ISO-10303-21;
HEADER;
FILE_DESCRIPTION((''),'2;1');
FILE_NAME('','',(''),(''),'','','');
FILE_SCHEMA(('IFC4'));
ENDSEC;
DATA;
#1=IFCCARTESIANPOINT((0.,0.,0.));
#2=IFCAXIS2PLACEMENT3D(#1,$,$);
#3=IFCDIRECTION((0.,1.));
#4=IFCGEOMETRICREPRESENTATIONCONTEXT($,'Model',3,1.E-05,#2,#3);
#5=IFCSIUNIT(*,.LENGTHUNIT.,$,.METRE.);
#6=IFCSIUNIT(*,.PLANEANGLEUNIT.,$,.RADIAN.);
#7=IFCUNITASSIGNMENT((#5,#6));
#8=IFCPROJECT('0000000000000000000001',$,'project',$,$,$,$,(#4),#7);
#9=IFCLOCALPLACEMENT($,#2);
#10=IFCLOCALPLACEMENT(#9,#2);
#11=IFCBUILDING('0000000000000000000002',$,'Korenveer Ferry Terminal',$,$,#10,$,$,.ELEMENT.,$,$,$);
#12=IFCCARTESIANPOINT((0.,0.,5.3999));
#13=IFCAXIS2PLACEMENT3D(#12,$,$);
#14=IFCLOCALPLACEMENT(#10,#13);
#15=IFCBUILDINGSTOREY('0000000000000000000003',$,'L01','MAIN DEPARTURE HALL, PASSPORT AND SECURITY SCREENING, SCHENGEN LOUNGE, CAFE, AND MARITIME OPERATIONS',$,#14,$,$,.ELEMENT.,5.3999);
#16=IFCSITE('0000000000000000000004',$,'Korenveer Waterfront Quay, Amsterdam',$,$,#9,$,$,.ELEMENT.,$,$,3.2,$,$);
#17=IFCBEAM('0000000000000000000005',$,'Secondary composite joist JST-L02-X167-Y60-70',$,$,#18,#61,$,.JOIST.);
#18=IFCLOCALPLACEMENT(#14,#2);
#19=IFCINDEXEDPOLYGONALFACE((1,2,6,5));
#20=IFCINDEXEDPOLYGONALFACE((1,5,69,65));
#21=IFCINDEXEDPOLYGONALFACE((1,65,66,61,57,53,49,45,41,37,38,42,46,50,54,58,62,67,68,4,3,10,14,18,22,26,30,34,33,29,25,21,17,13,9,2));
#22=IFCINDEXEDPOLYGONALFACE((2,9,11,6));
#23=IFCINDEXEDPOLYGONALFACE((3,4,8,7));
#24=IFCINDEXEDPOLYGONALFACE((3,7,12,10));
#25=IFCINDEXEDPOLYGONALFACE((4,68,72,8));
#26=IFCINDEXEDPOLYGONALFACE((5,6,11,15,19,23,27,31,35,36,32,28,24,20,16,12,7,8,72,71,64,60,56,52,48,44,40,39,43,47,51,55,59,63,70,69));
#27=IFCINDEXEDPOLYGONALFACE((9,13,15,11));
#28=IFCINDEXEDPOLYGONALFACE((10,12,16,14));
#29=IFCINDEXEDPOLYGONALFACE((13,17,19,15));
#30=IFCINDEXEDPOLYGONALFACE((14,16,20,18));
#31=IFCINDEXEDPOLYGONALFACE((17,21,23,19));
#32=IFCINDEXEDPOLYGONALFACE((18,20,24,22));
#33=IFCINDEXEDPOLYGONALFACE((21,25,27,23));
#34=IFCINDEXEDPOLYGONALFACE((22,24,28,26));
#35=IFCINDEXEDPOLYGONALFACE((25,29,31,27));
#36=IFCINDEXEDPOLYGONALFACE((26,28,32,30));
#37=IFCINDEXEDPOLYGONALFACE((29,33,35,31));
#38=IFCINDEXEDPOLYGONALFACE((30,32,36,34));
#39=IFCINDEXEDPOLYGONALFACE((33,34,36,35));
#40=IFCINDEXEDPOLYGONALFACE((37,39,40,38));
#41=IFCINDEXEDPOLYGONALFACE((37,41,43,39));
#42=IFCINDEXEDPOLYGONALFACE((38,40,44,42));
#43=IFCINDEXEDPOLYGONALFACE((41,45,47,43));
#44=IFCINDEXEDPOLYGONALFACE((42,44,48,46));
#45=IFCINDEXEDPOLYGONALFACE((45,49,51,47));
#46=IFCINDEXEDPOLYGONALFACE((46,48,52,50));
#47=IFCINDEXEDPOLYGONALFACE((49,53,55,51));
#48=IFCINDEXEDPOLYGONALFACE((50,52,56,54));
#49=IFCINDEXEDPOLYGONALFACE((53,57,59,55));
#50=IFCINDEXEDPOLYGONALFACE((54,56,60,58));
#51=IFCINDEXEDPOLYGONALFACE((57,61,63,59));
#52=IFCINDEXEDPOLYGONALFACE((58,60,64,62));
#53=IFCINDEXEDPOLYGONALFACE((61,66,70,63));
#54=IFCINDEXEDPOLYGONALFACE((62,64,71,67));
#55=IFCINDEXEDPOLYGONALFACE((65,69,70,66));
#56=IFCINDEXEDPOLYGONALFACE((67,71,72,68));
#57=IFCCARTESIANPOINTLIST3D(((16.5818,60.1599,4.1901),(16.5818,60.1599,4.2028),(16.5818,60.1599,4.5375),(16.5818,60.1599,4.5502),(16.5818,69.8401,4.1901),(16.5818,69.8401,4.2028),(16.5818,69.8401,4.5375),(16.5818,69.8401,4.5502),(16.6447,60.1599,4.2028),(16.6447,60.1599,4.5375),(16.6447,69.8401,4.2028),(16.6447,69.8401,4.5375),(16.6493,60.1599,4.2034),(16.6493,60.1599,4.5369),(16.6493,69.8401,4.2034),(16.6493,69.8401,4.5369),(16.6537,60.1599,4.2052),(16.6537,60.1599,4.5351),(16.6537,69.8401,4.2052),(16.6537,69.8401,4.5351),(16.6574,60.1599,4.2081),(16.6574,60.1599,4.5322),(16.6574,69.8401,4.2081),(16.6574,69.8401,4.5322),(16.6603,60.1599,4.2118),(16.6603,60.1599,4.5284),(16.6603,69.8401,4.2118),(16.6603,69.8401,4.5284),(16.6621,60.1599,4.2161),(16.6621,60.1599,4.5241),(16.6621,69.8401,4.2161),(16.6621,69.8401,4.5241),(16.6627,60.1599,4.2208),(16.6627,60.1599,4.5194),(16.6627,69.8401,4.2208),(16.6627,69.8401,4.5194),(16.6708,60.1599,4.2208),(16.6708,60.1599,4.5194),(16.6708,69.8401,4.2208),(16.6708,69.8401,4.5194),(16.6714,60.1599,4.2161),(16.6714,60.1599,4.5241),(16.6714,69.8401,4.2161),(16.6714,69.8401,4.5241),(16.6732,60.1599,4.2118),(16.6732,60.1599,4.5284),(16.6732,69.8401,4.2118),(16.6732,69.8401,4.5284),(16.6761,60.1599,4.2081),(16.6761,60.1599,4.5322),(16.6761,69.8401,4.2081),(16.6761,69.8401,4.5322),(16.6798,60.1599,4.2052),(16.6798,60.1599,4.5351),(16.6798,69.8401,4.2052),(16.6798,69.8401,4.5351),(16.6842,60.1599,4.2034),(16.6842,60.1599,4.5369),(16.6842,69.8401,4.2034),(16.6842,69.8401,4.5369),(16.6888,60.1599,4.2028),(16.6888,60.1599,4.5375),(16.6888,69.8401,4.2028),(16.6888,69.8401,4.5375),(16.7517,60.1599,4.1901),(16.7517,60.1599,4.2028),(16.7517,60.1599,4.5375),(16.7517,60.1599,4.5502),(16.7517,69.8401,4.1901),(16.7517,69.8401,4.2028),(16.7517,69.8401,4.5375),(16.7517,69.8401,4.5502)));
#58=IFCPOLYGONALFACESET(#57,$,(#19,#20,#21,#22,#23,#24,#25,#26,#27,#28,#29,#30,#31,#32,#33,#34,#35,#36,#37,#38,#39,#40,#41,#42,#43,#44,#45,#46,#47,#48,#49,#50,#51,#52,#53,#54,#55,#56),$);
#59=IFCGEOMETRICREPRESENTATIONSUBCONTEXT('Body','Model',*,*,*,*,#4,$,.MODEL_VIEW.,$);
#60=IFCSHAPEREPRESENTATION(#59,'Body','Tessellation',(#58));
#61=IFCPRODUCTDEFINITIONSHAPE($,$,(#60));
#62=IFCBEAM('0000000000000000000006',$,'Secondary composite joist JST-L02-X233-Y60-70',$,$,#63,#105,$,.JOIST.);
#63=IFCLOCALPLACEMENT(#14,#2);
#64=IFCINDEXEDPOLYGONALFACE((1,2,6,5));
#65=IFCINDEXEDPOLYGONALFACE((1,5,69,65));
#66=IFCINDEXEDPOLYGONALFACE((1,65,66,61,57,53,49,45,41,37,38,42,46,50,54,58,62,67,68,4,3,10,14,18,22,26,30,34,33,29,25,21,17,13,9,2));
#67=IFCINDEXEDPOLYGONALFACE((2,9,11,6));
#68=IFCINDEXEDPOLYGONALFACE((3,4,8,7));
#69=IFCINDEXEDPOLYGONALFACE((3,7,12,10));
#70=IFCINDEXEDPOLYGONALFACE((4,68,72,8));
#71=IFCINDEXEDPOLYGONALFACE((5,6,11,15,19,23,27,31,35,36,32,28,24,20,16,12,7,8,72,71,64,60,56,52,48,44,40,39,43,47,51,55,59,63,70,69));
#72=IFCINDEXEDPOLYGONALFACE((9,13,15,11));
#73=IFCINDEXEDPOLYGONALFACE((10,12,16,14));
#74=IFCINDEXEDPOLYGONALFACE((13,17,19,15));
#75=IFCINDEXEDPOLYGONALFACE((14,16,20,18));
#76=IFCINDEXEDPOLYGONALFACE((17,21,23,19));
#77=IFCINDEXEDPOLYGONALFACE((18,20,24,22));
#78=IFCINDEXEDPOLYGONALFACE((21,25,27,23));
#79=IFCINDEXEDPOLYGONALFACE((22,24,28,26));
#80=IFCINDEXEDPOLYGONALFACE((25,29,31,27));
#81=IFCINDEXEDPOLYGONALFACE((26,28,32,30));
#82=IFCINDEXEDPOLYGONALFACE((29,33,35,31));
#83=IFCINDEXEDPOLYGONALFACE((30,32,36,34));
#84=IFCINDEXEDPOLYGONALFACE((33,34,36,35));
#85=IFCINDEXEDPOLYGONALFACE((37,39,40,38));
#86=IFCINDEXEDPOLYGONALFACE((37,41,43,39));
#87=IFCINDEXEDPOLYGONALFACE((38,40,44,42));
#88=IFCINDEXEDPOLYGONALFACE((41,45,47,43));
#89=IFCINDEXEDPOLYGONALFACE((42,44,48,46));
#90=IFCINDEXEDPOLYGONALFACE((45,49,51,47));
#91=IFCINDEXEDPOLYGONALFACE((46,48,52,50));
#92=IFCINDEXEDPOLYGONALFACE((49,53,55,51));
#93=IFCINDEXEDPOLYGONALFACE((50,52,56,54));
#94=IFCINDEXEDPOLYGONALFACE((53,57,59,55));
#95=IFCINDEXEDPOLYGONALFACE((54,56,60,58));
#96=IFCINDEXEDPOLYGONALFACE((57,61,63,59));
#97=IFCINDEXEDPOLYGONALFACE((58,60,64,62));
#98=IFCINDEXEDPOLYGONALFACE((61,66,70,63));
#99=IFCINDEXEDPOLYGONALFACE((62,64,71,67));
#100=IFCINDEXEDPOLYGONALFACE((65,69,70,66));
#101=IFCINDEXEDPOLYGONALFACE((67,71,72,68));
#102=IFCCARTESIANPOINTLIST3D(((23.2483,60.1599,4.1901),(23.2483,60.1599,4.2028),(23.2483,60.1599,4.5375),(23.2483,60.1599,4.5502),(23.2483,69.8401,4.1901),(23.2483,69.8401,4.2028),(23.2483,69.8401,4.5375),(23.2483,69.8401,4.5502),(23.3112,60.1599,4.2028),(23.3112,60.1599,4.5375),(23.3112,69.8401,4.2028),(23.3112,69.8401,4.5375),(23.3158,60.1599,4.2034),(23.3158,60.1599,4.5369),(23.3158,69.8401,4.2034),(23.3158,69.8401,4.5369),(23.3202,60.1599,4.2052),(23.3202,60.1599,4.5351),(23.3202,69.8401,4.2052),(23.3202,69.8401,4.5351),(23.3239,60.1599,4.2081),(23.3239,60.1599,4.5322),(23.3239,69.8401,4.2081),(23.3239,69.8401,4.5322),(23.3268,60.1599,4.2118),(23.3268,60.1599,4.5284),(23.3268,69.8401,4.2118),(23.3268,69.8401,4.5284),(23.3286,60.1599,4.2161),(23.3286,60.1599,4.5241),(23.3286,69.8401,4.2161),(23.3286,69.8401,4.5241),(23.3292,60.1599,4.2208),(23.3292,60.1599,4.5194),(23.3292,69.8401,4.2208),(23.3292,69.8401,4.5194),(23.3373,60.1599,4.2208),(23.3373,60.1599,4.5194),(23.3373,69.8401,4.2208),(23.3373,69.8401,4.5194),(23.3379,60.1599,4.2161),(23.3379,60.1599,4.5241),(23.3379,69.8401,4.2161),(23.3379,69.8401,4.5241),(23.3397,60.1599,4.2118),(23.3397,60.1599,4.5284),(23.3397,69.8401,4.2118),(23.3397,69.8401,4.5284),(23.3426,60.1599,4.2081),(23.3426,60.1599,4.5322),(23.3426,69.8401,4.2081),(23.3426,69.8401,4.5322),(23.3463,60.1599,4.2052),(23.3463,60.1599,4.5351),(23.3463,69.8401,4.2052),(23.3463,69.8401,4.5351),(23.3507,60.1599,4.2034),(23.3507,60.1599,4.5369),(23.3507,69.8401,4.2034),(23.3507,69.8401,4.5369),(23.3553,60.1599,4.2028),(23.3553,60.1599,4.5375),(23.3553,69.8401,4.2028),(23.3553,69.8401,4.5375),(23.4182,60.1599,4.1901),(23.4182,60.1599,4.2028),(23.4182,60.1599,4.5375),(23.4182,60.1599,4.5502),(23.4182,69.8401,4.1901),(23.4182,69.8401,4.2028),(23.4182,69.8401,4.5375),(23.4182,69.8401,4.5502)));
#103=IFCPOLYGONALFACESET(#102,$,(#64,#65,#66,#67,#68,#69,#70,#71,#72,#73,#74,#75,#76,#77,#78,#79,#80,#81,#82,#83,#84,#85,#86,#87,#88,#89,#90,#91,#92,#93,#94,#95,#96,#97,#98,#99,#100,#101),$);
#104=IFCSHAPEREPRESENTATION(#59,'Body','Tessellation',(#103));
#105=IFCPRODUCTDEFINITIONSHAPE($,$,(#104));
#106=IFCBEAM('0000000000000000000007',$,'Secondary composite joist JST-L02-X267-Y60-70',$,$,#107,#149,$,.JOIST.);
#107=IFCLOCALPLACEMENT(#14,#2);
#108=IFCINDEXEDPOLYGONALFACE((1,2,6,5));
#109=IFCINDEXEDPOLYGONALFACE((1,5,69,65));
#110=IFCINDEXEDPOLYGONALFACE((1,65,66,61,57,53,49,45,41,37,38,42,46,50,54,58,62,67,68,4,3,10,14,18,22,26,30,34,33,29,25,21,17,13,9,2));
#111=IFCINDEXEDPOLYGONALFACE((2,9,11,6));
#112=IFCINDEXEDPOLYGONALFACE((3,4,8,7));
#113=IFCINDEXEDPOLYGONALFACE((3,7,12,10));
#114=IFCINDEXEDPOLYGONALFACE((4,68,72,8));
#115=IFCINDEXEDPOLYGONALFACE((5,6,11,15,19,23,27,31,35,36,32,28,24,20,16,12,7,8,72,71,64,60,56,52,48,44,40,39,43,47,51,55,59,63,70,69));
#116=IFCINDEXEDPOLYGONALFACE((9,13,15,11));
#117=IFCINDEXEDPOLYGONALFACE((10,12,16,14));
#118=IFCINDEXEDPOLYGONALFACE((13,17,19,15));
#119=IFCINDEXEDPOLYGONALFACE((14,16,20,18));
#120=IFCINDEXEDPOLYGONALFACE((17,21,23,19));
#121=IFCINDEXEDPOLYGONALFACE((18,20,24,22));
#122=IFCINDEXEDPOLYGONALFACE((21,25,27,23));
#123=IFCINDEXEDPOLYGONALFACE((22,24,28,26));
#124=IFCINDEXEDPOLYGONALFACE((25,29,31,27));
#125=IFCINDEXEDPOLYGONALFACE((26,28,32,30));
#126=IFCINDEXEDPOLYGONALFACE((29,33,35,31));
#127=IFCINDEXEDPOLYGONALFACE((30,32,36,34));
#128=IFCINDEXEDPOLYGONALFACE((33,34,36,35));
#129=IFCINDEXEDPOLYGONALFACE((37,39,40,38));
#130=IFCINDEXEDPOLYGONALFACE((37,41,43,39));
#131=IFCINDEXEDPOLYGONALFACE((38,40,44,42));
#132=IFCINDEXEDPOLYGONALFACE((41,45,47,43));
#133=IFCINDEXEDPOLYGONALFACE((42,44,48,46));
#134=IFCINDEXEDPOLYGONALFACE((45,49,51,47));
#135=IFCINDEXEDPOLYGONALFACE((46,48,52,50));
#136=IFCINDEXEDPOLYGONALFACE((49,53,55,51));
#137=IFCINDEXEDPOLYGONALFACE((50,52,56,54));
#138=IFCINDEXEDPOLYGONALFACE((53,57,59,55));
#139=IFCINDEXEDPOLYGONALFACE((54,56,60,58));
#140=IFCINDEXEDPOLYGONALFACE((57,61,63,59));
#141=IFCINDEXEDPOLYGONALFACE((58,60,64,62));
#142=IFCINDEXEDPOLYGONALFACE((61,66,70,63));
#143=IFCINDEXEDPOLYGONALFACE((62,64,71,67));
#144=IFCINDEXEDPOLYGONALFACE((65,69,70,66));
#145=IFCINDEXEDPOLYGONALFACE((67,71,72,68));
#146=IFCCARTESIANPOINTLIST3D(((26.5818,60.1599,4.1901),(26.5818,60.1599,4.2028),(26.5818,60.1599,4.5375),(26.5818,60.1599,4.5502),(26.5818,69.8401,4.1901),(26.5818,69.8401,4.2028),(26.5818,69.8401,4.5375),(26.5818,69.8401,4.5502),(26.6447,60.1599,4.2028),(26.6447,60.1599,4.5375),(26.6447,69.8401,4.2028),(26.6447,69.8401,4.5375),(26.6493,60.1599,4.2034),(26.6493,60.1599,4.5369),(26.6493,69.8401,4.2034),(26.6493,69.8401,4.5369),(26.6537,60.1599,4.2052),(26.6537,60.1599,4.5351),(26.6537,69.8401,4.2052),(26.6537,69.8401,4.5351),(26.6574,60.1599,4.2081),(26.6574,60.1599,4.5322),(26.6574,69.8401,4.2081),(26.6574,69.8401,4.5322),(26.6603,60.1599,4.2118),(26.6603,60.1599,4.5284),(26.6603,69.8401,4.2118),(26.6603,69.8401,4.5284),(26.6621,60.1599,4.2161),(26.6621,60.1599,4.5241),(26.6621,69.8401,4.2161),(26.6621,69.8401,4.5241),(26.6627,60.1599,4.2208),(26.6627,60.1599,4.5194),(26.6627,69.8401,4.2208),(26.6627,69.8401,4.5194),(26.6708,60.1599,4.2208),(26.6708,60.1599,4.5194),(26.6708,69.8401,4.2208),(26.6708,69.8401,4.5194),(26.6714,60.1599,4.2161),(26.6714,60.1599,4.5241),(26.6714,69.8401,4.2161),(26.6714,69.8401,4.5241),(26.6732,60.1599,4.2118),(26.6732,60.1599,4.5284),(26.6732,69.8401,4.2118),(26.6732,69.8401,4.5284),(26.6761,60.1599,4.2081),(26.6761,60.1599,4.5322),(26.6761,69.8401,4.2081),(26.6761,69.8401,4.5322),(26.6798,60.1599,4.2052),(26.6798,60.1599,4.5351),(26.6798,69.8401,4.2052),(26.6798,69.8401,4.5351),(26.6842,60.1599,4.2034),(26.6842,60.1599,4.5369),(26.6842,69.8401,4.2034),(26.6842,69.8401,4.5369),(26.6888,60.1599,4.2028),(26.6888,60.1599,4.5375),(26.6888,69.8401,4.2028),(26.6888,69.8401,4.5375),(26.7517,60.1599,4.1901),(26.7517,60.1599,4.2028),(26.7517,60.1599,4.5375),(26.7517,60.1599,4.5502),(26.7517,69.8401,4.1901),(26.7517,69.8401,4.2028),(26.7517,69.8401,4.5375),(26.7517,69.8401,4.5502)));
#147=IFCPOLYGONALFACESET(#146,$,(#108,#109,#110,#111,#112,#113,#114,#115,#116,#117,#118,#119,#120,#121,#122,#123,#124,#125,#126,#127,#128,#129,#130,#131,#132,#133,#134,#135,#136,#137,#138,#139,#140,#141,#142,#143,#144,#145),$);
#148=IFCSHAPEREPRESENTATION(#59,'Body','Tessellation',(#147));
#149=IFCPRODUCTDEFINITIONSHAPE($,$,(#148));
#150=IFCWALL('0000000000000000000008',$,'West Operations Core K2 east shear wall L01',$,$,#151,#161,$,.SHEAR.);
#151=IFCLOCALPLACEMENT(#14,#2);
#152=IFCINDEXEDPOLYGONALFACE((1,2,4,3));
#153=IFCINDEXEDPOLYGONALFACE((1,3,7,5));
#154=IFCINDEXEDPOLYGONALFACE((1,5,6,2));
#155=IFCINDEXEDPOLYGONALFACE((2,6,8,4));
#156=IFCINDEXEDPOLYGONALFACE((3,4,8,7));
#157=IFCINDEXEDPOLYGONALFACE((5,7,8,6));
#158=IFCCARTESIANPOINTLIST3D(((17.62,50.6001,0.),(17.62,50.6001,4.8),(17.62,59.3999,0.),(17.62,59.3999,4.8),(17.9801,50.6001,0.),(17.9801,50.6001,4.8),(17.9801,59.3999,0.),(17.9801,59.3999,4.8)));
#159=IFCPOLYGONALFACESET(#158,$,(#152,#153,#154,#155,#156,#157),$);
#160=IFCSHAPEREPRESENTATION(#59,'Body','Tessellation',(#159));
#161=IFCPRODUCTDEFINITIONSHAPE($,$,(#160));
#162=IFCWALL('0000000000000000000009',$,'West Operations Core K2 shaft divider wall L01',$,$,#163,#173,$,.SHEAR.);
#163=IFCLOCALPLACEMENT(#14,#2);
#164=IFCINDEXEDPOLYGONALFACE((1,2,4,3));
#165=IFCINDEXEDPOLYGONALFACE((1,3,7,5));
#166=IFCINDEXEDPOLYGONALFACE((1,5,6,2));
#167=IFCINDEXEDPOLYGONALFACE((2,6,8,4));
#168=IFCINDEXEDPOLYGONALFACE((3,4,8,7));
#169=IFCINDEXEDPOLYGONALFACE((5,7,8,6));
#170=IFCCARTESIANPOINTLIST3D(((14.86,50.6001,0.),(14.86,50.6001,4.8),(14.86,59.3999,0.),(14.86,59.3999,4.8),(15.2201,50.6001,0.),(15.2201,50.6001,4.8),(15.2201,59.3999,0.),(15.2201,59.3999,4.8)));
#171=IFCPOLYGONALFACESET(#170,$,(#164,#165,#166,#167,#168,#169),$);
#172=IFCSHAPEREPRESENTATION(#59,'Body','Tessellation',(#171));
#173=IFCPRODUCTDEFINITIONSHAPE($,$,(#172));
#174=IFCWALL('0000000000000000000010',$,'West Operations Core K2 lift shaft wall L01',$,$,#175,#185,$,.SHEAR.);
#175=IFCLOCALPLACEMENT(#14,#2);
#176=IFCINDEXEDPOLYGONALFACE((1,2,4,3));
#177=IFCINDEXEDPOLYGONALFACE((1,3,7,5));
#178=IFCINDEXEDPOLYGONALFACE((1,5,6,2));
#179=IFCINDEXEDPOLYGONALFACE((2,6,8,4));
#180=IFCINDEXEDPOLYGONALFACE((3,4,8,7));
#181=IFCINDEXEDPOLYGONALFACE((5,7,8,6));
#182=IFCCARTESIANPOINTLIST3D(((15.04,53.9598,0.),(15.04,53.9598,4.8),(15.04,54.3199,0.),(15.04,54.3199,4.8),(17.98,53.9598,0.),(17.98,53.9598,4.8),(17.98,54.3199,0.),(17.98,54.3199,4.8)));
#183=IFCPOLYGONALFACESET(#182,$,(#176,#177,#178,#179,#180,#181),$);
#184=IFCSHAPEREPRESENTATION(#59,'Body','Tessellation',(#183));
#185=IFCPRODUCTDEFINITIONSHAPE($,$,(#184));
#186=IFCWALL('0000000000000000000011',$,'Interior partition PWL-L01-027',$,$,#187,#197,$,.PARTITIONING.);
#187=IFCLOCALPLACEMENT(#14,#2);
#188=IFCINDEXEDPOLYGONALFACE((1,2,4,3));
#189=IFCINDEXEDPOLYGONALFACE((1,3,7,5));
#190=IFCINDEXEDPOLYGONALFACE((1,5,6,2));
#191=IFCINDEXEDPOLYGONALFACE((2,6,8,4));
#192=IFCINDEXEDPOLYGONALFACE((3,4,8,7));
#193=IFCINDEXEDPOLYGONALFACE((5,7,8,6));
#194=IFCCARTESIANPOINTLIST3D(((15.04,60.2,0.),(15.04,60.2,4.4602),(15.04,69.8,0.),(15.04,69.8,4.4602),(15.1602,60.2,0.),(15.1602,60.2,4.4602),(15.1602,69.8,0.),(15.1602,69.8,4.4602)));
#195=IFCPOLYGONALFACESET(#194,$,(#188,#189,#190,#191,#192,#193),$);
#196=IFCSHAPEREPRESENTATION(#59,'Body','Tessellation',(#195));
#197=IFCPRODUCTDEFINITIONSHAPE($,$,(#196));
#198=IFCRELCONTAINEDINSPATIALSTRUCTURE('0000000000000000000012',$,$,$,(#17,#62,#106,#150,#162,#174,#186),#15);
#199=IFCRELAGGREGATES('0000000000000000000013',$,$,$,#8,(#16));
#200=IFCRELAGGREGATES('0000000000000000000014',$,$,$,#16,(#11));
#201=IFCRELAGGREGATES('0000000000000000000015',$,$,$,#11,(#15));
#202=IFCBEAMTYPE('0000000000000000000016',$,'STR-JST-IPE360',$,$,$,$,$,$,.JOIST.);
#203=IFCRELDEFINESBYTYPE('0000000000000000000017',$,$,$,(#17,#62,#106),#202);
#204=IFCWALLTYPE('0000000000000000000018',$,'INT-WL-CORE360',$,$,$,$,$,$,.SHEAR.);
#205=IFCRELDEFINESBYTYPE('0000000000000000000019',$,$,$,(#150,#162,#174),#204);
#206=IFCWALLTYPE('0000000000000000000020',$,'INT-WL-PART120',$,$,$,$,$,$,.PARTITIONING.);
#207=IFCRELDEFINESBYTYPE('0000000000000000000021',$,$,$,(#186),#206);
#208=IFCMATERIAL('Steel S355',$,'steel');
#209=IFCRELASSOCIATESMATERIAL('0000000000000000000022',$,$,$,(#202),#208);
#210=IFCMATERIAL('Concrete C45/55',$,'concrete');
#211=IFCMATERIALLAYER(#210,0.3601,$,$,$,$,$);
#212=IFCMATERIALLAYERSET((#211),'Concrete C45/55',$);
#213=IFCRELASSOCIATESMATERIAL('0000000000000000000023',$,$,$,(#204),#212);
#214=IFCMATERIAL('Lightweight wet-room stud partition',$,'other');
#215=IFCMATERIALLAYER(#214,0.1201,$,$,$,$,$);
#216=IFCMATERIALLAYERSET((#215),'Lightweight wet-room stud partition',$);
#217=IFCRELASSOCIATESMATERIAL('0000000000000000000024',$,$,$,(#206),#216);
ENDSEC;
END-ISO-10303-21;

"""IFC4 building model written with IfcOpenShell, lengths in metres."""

from ifc_helpers import new_model, si_unit, direction, frame, frame_2d, origin, origin_2d, place, context, subcontext, project, spatial, rectangle, i_section, extrude, material, layer, layer_set, material_profile, profile_set, type_object, element, save


model = new_model("IFC4")

# Units and contexts
model_context = context("Model", 3, precision=1e-05, world=origin(), true_north=direction((0.0, 1.0)))
body_context = subcontext(model_context, "Body", "Model", "MODEL_VIEW")
ifc_project = project(units=[si_unit("LENGTHUNIT", "METRE"), si_unit("PLANEANGLEUNIT", "RADIAN")], contexts=[model_context])

# Site, building, storey
site_placement = place(None, origin())
site = spatial("IfcSite", under=ifc_project, at=site_placement, Name="Korenveer Waterfront Quay, Amsterdam", CompositionType="ELEMENT", RefElevation=3.2)
building_placement = place(site_placement, origin())
building = spatial("IfcBuilding", under=site, at=building_placement, Name="Korenveer Ferry Terminal", CompositionType="ELEMENT")
storey_placement = place(building_placement, frame((0.0, 0.0, 5.3999)))
storey = spatial("IfcBuildingStorey", under=building, at=storey_placement, Name="L01", Description="MAIN DEPARTURE HALL, PASSPORT AND SECURITY SCREENING, SCHENGEN LOUNGE, CAFE, AND MARITIME OPERATIONS", CompositionType="ELEMENT", Elevation=5.3999)

# Shared definitions
ifc_material_1 = material(Name="Concrete C45/55", Category="concrete")

# Beams
ifc_material_2 = material(Name="Steel S355", Category="steel")
ifc_material_profile_1 = material_profile(ifc_material_2, i_section(OverallWidth=0.1699, OverallDepth=0.3601, WebThickness=0.0081, FlangeThickness=0.0127, FilletRadius=0.0181, at=origin_2d()), Name="IPE 360")
ifc_profile_set_1 = profile_set([ifc_material_profile_1], Name="Steel S355")
beam_type_1 = type_object("IfcBeamType", Name="STR-JST-IPE360", PredefinedType="JOIST", material=ifc_profile_set_1)
for number, where, z_axis, x_axis, name in (
    (1, (16.6667, 60.1599, 4.3701), (0.0, 1.0, 0.0), (-1.0, 0.0, 0.0), "Secondary composite joist JST-L02-X167-Y60-70"),
    (2, (23.3333, 60.1599, 4.3701), (0.0, 1.0, 0.0), (-1.0, 0.0, 0.0), "Secondary composite joist JST-L02-X233-Y60-70"),
    (3, (26.6667, 60.1599, 4.3701), (0.0, 1.0, 0.0), (-1.0, 0.0, 0.0), "Secondary composite joist JST-L02-X267-Y60-70"),
):
    element("IfcBeam", number, at=place(storey_placement, frame(where, z_axis=z_axis, x_axis=x_axis)), inside=storey, type_object=beam_type_1, Name=name, PredefinedType="JOIST", context=body_context, shape_type="SweptSolid", body=[
        extrude(i_section(OverallWidth=0.1699, OverallDepth=0.3601, WebThickness=0.0081, FlangeThickness=0.0127, FilletRadius=0.0181, at=origin_2d()), origin(), (0.0, 0.0, 1.0), 9.6802),
    ])

# Walls
ifc_layer_1 = layer(ifc_material_1, 0.3601)
ifc_layer_set_1 = layer_set([ifc_layer_1], Name="Concrete C45/55")
wall_type_1 = type_object("IfcWallType", Name="INT-WL-CORE360", PredefinedType="SHEAR", material=ifc_layer_set_1)
for number, where, z_axis, x_axis, name in (
    (4, (17.8, 50.6001, 0.0), (0.0, 0.0, 1.0), (0.0, 1.0, 0.0), "West Operations Core K2 east shear wall L01"),
    (5, (15.04, 50.6001, 0.0), (0.0, 0.0, 1.0), (0.0, 1.0, 0.0), "West Operations Core K2 shaft divider wall L01"),
):
    element("IfcWall", number, at=place(storey_placement, frame(where, z_axis=z_axis, x_axis=x_axis)), inside=storey, type_object=wall_type_1, Name=name, PredefinedType="SHEAR", context=body_context, shape_type="SweptSolid", body=[
        extrude(rectangle(XDim=8.7998, YDim=0.3601, at=frame_2d((4.3999, 0.0))), origin(), (0.0, 0.0, 1.0), 4.8),
    ])
wall_1_placement = place(storey_placement, frame((15.04, 54.1399, 0.0), z_axis=(0.0, 0.0, 1.0), x_axis=(1.0, 0.0, 0.0)))
element("IfcWall", 6, at=wall_1_placement, inside=storey, type_object=wall_type_1, Name="West Operations Core K2 lift shaft wall L01", PredefinedType="SHEAR", context=body_context, shape_type="SweptSolid", body=[
    extrude(rectangle(XDim=2.9399, YDim=0.3601, at=frame_2d((1.47, 0.0))), origin(), (0.0, 0.0, 1.0), 4.8),
])
ifc_material_3 = material(Name="Lightweight wet-room stud partition", Category="other")
ifc_layer_2 = layer(ifc_material_3, 0.1201)
ifc_layer_set_2 = layer_set([ifc_layer_2], Name="Lightweight wet-room stud partition")
wall_type_2 = type_object("IfcWallType", Name="INT-WL-PART120", PredefinedType="PARTITIONING", material=ifc_layer_set_2)
wall_2_placement = place(storey_placement, frame((15.1001, 60.2, 0.0), z_axis=(0.0, 0.0, 1.0), x_axis=(0.0, 1.0, 0.0)))
element("IfcWall", 7, at=wall_2_placement, inside=storey, type_object=wall_type_2, Name="Interior partition PWL-L01-027", PredefinedType="PARTITIONING", context=body_context, shape_type="SweptSolid", body=[
    extrude(rectangle(XDim=9.6001, YDim=0.1201, at=frame_2d((4.8, 0.0))), origin(), (0.0, 0.0, 1.0), 4.4602),
])

save(model, "model.ifc")
